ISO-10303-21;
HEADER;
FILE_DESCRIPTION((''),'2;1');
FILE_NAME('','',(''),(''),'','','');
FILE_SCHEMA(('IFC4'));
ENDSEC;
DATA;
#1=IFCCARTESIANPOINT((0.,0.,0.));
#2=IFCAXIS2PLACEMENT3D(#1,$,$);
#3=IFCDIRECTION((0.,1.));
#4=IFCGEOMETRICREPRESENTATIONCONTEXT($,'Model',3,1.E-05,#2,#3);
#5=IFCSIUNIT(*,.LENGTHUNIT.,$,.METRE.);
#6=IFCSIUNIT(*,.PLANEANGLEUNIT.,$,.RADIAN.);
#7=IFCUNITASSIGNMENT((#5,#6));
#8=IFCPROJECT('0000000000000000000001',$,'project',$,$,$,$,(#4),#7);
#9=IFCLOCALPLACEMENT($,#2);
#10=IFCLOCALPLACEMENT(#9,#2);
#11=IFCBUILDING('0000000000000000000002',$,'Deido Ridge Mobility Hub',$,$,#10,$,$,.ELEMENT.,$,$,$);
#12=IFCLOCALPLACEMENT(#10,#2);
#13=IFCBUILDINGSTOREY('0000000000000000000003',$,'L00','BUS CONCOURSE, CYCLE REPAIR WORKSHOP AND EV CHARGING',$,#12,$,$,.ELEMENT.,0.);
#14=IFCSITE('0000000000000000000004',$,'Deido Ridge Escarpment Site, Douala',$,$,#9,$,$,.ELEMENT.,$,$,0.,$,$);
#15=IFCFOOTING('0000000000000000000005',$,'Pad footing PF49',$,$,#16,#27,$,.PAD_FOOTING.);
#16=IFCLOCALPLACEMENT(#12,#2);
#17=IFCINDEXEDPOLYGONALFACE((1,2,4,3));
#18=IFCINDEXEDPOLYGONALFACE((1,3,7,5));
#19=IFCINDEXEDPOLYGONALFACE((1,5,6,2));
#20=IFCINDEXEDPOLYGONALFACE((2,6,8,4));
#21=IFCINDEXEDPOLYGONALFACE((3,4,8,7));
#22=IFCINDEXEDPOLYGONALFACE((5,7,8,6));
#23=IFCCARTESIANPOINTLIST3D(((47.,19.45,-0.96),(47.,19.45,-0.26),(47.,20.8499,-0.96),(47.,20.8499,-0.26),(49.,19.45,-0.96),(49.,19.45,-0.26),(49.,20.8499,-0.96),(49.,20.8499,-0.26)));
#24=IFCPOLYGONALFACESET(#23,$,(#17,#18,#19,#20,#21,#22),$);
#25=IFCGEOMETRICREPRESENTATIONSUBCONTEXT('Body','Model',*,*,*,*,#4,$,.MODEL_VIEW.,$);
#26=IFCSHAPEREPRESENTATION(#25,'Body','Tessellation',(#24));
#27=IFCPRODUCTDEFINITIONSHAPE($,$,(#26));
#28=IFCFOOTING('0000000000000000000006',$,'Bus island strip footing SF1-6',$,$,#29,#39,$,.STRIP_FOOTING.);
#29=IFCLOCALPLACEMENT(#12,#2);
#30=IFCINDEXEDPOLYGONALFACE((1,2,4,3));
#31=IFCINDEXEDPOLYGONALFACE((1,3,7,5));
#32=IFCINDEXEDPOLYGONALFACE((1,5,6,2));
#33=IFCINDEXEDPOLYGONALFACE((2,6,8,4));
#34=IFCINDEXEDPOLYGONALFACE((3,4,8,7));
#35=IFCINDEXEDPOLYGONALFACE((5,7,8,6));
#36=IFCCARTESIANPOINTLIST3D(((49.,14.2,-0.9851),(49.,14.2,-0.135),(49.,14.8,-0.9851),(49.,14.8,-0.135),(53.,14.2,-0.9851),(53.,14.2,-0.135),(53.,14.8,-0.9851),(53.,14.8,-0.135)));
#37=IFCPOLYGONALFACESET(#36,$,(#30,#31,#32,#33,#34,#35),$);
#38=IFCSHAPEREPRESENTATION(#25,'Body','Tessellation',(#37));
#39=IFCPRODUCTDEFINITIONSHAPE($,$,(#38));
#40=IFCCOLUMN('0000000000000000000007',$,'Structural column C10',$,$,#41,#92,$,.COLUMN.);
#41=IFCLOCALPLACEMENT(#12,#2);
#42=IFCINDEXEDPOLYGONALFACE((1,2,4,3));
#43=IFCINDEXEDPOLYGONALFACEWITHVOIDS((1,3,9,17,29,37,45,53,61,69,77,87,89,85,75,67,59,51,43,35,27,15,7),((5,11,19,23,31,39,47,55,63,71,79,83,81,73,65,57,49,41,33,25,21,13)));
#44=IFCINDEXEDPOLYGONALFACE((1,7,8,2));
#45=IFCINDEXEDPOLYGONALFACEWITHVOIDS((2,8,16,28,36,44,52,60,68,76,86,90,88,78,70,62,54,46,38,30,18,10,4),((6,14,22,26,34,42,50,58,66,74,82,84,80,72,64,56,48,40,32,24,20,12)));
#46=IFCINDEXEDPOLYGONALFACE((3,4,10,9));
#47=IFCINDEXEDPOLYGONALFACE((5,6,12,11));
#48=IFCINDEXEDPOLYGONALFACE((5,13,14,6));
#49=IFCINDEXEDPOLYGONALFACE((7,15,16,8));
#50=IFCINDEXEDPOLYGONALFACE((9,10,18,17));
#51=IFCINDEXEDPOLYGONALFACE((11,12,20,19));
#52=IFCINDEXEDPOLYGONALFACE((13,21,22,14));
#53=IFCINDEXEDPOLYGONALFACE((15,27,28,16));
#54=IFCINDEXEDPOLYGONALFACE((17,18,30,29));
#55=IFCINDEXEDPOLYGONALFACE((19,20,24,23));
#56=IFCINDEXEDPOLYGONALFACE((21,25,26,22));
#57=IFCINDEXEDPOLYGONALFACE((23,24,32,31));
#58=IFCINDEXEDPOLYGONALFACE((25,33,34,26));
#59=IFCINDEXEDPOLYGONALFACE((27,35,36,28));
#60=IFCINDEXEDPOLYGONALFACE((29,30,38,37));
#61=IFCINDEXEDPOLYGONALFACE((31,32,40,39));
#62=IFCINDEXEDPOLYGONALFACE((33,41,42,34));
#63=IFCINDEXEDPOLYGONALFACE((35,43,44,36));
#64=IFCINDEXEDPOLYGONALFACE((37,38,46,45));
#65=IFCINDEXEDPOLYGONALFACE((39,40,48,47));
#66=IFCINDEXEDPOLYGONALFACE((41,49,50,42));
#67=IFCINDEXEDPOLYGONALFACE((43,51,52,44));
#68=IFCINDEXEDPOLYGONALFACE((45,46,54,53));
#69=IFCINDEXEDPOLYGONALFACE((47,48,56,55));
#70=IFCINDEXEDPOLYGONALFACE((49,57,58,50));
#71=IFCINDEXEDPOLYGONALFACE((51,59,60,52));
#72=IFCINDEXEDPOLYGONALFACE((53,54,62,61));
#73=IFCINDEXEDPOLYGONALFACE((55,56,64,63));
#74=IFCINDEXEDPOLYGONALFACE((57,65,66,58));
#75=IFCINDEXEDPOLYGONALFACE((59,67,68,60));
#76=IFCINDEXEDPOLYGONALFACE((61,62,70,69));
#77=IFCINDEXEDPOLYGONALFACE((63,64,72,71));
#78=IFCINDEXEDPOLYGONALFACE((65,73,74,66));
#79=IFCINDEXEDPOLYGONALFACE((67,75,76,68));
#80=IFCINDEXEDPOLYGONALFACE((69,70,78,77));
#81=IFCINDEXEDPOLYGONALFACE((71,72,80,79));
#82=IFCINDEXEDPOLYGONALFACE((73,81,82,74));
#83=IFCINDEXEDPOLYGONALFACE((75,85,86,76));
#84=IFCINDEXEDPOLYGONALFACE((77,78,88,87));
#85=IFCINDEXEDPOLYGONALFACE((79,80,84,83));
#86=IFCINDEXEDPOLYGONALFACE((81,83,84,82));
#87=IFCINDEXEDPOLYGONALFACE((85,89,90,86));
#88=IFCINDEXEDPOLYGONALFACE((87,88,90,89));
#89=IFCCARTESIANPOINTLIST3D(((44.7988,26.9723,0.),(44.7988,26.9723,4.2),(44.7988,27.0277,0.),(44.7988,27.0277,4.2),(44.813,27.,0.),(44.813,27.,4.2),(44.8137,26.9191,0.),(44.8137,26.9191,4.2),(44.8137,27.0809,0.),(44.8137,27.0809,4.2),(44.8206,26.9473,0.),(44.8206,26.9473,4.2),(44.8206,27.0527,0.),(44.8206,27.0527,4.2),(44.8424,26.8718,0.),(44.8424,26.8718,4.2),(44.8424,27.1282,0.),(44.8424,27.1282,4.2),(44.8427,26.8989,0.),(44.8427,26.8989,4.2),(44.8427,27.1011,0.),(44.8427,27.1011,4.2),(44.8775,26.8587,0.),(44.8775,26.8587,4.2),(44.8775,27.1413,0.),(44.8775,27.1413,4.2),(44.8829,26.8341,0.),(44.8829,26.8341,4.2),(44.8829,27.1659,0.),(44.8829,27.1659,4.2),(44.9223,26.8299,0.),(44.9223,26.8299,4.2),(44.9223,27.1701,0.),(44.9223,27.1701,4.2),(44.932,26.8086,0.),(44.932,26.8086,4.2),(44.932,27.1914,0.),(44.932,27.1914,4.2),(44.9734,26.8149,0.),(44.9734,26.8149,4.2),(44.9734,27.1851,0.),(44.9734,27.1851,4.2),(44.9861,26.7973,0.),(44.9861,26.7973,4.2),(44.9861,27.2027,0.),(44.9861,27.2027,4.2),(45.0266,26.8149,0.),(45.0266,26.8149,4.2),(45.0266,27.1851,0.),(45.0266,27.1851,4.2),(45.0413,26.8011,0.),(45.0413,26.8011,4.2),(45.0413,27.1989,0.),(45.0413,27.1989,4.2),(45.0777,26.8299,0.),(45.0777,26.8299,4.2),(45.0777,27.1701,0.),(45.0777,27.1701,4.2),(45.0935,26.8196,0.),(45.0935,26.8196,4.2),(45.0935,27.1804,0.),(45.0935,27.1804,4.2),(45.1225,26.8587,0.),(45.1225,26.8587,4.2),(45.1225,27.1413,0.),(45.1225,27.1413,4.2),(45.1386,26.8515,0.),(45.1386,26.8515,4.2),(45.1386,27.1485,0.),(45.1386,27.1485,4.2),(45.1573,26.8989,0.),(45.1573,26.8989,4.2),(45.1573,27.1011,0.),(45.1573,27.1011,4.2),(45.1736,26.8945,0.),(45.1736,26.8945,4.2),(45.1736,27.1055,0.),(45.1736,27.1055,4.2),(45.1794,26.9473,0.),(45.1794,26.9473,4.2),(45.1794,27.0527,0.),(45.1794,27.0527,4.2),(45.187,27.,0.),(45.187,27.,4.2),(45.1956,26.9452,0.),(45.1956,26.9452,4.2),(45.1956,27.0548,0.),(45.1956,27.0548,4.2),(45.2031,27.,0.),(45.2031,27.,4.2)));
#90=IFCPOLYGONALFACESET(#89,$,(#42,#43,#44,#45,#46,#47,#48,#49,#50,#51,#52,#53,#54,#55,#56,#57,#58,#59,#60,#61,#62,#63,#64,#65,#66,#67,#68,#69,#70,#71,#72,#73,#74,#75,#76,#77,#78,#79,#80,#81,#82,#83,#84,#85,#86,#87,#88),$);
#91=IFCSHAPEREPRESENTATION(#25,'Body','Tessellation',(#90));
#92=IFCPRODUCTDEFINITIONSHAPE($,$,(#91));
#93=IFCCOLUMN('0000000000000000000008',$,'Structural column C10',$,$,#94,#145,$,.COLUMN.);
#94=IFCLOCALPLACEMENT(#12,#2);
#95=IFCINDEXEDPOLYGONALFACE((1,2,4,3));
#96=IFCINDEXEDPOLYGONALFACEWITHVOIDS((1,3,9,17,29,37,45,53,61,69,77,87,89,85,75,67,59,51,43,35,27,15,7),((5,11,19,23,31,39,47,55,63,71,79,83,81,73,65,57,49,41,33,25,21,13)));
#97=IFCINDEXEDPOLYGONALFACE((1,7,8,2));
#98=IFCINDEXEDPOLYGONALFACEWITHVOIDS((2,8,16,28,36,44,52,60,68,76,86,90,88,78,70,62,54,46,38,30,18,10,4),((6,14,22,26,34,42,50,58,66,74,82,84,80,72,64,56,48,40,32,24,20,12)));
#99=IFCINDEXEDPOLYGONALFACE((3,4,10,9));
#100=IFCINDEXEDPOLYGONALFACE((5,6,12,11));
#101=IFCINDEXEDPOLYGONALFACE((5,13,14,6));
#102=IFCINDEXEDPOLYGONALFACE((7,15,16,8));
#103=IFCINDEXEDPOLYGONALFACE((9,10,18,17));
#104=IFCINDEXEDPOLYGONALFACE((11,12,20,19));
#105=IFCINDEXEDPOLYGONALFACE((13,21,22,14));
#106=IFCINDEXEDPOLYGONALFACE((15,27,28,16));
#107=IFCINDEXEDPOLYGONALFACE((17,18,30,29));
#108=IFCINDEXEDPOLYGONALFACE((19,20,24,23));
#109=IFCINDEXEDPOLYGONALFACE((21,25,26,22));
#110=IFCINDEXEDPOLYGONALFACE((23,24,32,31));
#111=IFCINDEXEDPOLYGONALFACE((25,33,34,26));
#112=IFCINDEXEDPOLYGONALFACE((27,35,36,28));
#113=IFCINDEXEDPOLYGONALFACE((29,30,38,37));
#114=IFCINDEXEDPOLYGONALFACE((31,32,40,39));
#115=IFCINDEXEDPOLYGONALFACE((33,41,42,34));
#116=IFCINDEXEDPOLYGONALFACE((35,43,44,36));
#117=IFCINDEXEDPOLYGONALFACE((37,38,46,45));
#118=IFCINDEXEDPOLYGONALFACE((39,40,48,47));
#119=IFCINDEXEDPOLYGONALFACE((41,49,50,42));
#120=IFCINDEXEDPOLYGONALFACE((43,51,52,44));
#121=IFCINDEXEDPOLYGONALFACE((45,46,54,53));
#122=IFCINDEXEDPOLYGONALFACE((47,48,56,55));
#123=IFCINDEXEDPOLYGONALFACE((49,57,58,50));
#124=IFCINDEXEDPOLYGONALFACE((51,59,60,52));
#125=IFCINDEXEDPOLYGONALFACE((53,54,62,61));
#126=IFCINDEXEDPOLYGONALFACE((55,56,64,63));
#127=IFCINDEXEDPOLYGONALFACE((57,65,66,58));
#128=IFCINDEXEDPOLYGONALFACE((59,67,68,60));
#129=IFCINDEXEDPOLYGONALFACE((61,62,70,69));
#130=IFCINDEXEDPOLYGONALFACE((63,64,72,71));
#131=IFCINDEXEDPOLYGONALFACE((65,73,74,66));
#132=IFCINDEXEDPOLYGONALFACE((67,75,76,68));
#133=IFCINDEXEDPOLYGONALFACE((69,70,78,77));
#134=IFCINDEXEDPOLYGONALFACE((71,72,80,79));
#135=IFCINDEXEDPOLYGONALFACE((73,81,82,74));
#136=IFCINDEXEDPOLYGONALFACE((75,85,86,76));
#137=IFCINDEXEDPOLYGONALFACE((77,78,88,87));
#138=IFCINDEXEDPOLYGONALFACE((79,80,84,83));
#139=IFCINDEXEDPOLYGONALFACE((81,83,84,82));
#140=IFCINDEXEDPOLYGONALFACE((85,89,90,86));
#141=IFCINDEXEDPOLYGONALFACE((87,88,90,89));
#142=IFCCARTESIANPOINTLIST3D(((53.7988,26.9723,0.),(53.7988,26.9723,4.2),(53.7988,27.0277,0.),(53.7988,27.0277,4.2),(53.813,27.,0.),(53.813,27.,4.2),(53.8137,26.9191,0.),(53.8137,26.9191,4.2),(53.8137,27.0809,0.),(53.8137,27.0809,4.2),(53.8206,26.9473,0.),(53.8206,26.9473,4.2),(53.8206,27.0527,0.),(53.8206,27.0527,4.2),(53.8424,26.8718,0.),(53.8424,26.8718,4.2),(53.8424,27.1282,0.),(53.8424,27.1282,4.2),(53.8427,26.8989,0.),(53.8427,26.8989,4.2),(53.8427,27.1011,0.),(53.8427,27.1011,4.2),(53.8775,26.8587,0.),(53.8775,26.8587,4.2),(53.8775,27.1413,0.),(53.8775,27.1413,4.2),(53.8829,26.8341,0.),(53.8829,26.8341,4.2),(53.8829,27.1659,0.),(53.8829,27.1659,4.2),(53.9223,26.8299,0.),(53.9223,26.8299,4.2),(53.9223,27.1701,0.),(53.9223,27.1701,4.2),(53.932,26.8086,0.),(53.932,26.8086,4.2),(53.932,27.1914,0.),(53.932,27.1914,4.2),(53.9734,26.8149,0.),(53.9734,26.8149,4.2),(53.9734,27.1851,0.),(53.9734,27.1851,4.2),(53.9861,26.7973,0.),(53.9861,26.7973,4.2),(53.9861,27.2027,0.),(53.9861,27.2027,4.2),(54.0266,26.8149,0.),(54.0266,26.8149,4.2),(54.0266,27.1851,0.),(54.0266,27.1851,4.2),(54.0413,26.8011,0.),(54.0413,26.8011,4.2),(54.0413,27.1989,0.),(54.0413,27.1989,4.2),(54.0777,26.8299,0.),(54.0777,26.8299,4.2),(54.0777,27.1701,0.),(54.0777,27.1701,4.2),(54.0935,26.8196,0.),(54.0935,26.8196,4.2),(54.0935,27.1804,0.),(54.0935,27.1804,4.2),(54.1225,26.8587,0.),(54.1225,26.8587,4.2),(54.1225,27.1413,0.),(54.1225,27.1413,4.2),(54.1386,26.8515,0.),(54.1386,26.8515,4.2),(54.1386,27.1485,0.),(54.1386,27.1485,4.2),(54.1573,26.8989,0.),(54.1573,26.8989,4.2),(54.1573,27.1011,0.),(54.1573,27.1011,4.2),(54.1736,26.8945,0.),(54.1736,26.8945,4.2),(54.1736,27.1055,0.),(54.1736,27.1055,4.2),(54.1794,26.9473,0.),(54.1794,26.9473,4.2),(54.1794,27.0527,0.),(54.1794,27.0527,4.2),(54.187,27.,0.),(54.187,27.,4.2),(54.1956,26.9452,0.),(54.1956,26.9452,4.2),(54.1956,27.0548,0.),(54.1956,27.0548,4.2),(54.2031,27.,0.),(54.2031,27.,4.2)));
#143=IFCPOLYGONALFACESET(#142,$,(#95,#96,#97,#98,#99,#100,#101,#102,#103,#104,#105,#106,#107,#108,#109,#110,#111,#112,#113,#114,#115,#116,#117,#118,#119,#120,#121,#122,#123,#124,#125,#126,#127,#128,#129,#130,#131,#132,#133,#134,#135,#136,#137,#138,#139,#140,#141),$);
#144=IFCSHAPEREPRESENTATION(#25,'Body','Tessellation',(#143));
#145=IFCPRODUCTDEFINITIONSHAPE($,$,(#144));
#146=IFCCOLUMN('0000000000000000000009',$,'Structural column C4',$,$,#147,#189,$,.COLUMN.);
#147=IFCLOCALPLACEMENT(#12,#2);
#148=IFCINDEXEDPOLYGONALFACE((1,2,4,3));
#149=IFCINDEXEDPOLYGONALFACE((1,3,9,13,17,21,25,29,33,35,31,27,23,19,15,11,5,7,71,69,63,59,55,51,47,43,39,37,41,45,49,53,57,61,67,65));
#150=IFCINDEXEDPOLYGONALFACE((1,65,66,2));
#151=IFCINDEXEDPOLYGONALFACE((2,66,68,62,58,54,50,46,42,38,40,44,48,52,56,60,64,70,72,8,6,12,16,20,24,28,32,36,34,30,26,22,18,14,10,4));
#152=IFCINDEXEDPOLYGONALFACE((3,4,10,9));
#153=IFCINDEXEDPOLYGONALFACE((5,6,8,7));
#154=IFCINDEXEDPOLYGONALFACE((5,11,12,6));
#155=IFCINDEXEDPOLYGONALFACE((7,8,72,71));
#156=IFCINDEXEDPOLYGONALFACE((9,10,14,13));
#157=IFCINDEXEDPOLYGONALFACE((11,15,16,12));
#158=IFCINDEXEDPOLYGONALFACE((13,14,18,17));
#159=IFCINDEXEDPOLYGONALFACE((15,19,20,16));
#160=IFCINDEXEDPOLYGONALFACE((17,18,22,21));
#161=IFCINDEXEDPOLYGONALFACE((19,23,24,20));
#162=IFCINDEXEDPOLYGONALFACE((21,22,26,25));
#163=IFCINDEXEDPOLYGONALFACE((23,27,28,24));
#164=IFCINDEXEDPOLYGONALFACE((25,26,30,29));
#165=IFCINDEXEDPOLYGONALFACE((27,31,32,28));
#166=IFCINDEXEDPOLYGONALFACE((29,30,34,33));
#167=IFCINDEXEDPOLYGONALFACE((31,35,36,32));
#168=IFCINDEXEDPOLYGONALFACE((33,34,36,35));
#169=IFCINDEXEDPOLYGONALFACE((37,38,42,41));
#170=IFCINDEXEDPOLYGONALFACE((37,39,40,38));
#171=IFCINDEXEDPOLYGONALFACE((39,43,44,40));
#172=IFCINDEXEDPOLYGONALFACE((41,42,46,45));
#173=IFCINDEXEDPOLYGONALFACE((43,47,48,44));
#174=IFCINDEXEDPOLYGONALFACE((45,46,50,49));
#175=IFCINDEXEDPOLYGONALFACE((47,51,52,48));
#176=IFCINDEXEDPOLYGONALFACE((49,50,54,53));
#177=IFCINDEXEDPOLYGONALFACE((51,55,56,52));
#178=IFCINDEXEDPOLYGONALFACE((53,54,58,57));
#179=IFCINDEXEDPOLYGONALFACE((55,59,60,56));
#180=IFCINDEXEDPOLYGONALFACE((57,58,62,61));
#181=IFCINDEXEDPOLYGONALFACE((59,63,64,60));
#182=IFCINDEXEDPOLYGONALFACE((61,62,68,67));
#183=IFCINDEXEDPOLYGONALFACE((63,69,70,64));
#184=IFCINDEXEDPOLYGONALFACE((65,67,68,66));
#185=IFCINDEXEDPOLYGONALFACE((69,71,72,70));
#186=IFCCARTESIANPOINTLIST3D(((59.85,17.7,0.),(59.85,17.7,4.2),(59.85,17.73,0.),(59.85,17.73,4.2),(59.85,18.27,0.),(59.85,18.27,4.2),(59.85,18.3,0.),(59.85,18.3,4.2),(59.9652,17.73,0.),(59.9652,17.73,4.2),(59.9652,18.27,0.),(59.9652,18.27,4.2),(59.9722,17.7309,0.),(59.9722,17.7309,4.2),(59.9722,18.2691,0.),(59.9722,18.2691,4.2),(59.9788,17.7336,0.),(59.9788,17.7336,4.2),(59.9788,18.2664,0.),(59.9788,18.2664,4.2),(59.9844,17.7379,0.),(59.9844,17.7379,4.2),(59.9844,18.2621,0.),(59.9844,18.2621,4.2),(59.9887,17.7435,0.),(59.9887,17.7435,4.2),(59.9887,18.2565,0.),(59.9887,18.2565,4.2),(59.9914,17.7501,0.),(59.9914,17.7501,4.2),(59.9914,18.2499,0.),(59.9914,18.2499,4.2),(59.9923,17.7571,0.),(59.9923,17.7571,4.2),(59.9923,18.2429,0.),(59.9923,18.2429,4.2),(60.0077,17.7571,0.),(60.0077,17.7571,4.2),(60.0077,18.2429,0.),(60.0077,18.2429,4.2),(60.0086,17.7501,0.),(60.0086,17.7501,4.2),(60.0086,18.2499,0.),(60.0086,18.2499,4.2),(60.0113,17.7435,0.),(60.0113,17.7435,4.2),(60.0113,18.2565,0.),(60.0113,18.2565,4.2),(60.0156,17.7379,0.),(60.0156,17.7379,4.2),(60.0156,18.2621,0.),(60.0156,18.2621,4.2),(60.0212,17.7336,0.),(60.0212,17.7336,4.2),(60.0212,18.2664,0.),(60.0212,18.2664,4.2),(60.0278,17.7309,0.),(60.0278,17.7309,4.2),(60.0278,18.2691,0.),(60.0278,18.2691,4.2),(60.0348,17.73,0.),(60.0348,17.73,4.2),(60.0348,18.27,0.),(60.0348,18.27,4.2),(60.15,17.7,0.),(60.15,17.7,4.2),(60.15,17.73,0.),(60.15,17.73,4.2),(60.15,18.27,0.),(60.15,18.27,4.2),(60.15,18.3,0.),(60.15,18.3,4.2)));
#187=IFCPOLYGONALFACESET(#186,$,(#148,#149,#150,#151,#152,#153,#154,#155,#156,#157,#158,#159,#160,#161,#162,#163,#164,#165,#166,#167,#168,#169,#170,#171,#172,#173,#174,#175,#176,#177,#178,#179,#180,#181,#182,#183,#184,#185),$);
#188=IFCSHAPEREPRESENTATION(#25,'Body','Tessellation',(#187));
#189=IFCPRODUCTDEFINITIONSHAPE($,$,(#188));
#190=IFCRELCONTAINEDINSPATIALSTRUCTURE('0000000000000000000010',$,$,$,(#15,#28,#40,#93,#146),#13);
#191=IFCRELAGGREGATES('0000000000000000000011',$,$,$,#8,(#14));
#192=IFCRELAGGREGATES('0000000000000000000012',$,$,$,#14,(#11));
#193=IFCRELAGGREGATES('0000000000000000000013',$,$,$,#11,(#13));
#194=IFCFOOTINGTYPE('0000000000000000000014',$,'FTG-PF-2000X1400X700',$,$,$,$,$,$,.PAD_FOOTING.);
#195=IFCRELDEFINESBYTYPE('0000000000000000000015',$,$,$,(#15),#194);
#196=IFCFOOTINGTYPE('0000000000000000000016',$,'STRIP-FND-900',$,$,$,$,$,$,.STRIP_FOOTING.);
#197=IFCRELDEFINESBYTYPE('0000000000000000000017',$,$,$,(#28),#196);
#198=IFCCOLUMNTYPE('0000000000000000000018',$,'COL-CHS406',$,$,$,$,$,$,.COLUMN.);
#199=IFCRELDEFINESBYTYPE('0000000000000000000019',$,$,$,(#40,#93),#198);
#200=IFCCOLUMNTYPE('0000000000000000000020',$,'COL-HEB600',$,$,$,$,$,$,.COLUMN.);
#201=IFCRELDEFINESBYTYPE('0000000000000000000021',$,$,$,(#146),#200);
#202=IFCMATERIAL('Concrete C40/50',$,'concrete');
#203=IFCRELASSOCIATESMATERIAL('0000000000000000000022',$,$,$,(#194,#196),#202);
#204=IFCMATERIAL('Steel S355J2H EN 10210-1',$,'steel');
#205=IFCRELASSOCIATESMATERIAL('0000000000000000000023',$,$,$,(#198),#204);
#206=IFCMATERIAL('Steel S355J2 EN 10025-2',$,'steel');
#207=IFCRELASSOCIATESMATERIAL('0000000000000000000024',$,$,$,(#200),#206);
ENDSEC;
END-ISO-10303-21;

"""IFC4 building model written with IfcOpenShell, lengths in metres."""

from ifc_helpers import new_model, si_unit, direction, frame, origin, origin_2d, place, context, subcontext, project, spatial, rectangle, hollow_circle, i_section, extrude, material, material_profile, profile_set, type_object, element, save


model = new_model("IFC4")

# Units and contexts
model_context = context("Model", 3, precision=1e-05, world=origin(), true_north=direction((0.0, 1.0)))
body_context = subcontext(model_context, "Body", "Model", "MODEL_VIEW")
ifc_project = project(units=[si_unit("LENGTHUNIT", "METRE"), si_unit("PLANEANGLEUNIT", "RADIAN")], contexts=[model_context])

# Site, building, storey
site_placement = place(None, origin())
site = spatial("IfcSite", under=ifc_project, at=site_placement, Name="Deido Ridge Escarpment Site, Douala", CompositionType="ELEMENT", RefElevation=0.0)
building_placement = place(site_placement, origin())
building = spatial("IfcBuilding", under=site, at=building_placement, Name="Deido Ridge Mobility Hub", CompositionType="ELEMENT")
storey_placement = place(building_placement, origin())
storey = spatial("IfcBuildingStorey", under=building, at=storey_placement, Name="L00", Description="BUS CONCOURSE, CYCLE REPAIR WORKSHOP AND EV CHARGING", CompositionType="ELEMENT", Elevation=0.0)

# Footings
ifc_material_1 = material(Name="Concrete C40/50", Category="concrete")
footing_type_1 = type_object("IfcFootingType", Name="FTG-PF-2000X1400X700", PredefinedType="PAD_FOOTING", material=ifc_material_1)
footing_1_placement = place(storey_placement, frame((48.0, 20.1499, -0.96), z_axis=(0.0, 0.0, 1.0), x_axis=(1.0, 0.0, 0.0)))
element("IfcFooting", 1, at=footing_1_placement, inside=storey, type_object=footing_type_1, Name="Pad footing PF49", PredefinedType="PAD_FOOTING", context=body_context, shape_type="SweptSolid", body=[
    extrude(rectangle(XDim=2.0, YDim=1.3999, at=origin_2d()), origin(), (0.0, 0.0, 1.0), 0.7),
])
ifc_material_profile_1 = material_profile(ifc_material_1, rectangle(XDim=0.6001, YDim=0.8501, at=origin_2d()), Name="RC GB 600x850")
ifc_profile_set_1 = profile_set([ifc_material_profile_1], Name="Concrete C40/50")
footing_type_2 = type_object("IfcFootingType", Name="STRIP-FND-900", PredefinedType="STRIP_FOOTING", material=ifc_profile_set_1)
footing_2_placement = place(storey_placement, frame((49.0, 14.5, -0.5601), z_axis=(1.0, 0.0, 0.0), x_axis=(0.0, 1.0, 0.0)))
element("IfcFooting", 2, at=footing_2_placement, inside=storey, type_object=footing_type_2, Name="Bus island strip footing SF1-6", PredefinedType="STRIP_FOOTING", context=body_context, shape_type="SweptSolid", body=[
    extrude(rectangle(XDim=0.6001, YDim=0.8501, at=origin_2d()), origin(), (0.0, 0.0, 1.0), 4.0),
])

# Columns
ifc_material_2 = material(Name="Steel S355J2H EN 10210-1", Category="steel")
ifc_material_profile_2 = material_profile(ifc_material_2, hollow_circle(Radius=0.2031, WallThickness=0.0161, at=origin_2d()), Name="CHS 406.4x16")
ifc_profile_set_2 = profile_set([ifc_material_profile_2], Name="Steel S355J2H EN 10210-1")
column_type_1 = type_object("IfcColumnType", Name="COL-CHS406", PredefinedType="COLUMN", material=ifc_profile_set_2)
for number, where, z_axis, x_axis, name in (
    (3, (45.0, 27.0, 0.0), (0.0, 0.0, 1.0), (1.0, 0.0, 0.0), "Structural column C10"),
    (4, (54.0, 27.0, 0.0), (0.0, 0.0, 1.0), (1.0, 0.0, 0.0), "Structural column C10"),
):
    element("IfcColumn", number, at=place(storey_placement, frame(where, z_axis=z_axis, x_axis=x_axis)), inside=storey, type_object=column_type_1, Name=name, PredefinedType="COLUMN", context=body_context, shape_type="SweptSolid", body=[
        extrude(hollow_circle(Radius=0.2031, WallThickness=0.0161, at=origin_2d()), origin(), (0.0, 0.0, 1.0), 4.2),
    ])
ifc_material_3 = material(Name="Steel S355J2 EN 10025-2", Category="steel")
ifc_material_profile_3 = material_profile(ifc_material_3, i_section(OverallWidth=0.3, OverallDepth=0.6001, WebThickness=0.0154, FlangeThickness=0.03, FilletRadius=0.0271, at=origin_2d()), Name="HEB 600")
ifc_profile_set_3 = profile_set([ifc_material_profile_3], Name="Steel S355J2 EN 10025-2")
column_type_2 = type_object("IfcColumnType", Name="COL-HEB600", PredefinedType="COLUMN", material=ifc_profile_set_3)
for number, where, z_axis, x_axis, name in (
    (5, (60.0, 18.0, 0.0), (0.0, 0.0, 1.0), (1.0, 0.0, 0.0), "Structural column C4"),
):
    element("IfcColumn", number, at=place(storey_placement, frame(where, z_axis=z_axis, x_axis=x_axis)), inside=storey, type_object=column_type_2, Name=name, PredefinedType="COLUMN", context=body_context, shape_type="SweptSolid", body=[
        extrude(i_section(OverallWidth=0.3, OverallDepth=0.6001, WebThickness=0.0154, FlangeThickness=0.03, FilletRadius=0.0271, at=origin_2d()), origin(), (0.0, 0.0, 1.0), 4.2),
    ])

save(model, "model.ifc")
